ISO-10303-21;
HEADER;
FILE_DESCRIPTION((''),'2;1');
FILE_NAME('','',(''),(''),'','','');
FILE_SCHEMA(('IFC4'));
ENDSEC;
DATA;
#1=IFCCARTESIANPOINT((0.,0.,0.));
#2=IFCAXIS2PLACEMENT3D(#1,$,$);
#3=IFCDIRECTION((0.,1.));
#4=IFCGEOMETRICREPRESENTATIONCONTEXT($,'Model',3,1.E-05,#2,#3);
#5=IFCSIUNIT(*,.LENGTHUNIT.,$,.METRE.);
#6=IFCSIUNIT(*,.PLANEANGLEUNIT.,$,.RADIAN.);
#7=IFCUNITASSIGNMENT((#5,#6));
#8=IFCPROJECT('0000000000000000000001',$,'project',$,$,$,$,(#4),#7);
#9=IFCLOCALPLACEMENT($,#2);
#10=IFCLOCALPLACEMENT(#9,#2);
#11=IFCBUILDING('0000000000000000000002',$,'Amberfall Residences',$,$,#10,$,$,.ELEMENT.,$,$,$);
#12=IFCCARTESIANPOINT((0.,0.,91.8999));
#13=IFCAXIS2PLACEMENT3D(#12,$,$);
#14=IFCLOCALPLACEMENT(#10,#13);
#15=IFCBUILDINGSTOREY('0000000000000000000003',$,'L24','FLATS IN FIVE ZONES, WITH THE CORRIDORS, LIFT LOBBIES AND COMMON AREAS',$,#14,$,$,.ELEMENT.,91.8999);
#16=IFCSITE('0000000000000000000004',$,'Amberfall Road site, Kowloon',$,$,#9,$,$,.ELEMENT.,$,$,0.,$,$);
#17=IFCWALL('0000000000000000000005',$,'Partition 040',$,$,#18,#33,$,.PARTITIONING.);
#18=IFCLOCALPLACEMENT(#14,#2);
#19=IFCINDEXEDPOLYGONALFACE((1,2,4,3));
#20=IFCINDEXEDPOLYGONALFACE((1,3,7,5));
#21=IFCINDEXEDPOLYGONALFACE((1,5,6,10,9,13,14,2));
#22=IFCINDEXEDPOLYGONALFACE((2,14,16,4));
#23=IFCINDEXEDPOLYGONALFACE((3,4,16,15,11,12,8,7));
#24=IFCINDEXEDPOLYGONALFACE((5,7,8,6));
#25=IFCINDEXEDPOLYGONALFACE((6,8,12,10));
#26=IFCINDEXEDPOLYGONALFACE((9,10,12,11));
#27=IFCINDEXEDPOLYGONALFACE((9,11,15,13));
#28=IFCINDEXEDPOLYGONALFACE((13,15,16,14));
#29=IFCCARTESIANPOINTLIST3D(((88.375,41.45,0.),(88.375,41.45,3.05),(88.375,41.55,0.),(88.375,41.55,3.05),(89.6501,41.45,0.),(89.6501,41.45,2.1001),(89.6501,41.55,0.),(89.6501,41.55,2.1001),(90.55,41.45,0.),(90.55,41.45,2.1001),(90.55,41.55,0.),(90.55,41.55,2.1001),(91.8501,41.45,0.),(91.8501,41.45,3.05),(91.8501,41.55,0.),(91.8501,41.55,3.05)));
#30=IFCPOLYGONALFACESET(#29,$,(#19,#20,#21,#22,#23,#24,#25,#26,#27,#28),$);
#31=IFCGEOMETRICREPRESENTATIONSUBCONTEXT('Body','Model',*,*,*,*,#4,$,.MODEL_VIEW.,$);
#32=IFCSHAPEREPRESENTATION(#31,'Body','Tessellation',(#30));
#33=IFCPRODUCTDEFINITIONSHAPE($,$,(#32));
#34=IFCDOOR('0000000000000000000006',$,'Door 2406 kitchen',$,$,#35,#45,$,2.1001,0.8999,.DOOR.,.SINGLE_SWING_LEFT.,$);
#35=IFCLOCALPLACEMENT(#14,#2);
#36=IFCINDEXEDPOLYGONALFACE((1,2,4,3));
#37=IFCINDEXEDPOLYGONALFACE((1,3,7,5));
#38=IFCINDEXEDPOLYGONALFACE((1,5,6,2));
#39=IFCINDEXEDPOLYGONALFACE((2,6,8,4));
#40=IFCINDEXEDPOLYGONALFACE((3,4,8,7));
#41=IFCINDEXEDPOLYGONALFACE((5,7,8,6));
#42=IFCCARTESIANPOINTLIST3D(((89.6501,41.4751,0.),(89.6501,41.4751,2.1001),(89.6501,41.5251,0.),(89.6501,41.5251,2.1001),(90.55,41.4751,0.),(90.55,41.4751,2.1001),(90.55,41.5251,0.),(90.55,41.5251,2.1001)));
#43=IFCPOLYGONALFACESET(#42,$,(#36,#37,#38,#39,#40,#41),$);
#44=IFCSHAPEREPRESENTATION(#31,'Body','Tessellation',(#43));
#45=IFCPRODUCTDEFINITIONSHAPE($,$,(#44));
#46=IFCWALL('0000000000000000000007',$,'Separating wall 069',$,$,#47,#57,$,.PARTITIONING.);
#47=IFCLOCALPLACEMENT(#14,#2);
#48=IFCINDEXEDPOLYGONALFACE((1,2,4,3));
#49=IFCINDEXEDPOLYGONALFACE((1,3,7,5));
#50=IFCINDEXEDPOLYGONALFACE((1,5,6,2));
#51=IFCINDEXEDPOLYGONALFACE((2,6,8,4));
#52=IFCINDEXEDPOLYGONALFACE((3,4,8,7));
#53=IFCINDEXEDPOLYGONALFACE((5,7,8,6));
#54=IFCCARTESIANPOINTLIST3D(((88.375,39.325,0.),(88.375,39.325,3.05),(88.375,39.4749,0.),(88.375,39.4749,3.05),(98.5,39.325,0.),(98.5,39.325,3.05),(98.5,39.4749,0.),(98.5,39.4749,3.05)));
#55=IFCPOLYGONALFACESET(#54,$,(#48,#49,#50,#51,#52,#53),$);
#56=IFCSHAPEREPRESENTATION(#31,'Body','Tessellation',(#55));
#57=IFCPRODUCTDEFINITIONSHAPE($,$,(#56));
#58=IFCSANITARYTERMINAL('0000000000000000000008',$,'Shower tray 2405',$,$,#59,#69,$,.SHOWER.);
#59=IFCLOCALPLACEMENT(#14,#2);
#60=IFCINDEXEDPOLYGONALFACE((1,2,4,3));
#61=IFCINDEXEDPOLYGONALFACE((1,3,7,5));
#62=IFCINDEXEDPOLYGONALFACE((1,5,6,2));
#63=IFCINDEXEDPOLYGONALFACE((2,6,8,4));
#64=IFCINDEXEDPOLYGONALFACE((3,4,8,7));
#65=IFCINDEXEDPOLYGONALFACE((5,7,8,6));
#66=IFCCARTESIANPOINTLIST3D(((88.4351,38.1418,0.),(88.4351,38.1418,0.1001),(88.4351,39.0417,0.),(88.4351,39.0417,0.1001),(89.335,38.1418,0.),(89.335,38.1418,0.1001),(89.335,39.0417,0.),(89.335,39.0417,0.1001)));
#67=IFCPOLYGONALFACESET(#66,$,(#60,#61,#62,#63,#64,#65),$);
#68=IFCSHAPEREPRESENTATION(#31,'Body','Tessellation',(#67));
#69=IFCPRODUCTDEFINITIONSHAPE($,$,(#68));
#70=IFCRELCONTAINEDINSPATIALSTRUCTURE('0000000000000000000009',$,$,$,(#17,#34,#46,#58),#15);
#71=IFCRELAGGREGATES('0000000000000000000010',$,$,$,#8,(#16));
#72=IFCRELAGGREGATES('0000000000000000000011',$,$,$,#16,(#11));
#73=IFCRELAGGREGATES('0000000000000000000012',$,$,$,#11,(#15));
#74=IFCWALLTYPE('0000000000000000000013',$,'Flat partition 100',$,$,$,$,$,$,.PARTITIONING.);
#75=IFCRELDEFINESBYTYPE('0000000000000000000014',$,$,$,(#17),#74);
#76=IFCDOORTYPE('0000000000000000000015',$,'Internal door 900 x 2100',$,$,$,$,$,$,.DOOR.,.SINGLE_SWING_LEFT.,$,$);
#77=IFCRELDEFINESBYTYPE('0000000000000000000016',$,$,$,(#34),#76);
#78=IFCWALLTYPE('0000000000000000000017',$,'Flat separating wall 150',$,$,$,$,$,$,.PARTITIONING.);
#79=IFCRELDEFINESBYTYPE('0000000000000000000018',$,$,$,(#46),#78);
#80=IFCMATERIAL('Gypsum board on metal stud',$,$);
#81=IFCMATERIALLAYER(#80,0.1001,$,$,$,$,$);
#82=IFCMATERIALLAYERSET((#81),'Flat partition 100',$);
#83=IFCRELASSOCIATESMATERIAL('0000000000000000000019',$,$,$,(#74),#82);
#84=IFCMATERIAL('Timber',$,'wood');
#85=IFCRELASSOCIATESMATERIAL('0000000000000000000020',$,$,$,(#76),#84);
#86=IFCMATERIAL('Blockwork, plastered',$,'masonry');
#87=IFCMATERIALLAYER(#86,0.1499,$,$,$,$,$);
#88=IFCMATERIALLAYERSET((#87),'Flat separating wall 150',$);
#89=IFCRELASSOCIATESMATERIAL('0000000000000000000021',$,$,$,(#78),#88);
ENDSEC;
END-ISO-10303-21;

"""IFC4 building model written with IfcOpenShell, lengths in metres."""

from ifc_helpers import new_model, si_unit, direction, frame, frame_2d, origin, origin_2d, place, context, subcontext, project, spatial, rectangle, extrude, material, layer, layer_set, type_object, element, fill, save


model = new_model("IFC4")

# Units and contexts
model_context = context("Model", 3, precision=1e-05, world=origin(), true_north=direction((0.0, 1.0)))
body_context = subcontext(model_context, "Body", "Model", "MODEL_VIEW")
ifc_project = project(units=[si_unit("LENGTHUNIT", "METRE"), si_unit("PLANEANGLEUNIT", "RADIAN")], contexts=[model_context])

# Site, building, storey
site_placement = place(None, origin())
site = spatial("IfcSite", under=ifc_project, at=site_placement, Name="Amberfall Road site, Kowloon", CompositionType="ELEMENT", RefElevation=0.0)
building_placement = place(site_placement, origin())
building = spatial("IfcBuilding", under=site, at=building_placement, Name="Amberfall Residences", CompositionType="ELEMENT")
storey_placement = place(building_placement, frame((0.0, 0.0, 91.8999)))
storey = spatial("IfcBuildingStorey", under=building, at=storey_placement, Name="L24", Description="FLATS IN FIVE ZONES, WITH THE CORRIDORS, LIFT LOBBIES AND COMMON AREAS", CompositionType="ELEMENT", Elevation=91.8999)

# Shared definitions
ifc_material_1 = material(Name="Gypsum board on metal stud")
ifc_layer_1 = layer(ifc_material_1, 0.1001)
ifc_layer_set_1 = layer_set([ifc_layer_1], Name="Flat partition 100")
wall_type_1 = type_object("IfcWallType", Name="Flat partition 100", PredefinedType="PARTITIONING", material=ifc_layer_set_1)

# Wall, opening, door
wall_1_placement = place(storey_placement, frame((91.8501, 41.5, 0.0), z_axis=(0.0, 0.0, 1.0), x_axis=(-1.0, 0.0, 0.0)))
wall_1 = element("IfcWall", 1, at=wall_1_placement, inside=storey, type_object=wall_type_1, Name="Partition 040", PredefinedType="PARTITIONING", context=body_context, shape_type="SweptSolid", body=[
    extrude(rectangle(XDim=3.4751, YDim=0.1001, at=frame_2d((1.7375, 0.0))), origin(), (0.0, 0.0, 1.0), 3.05),
])
opening_1_placement = place(wall_1_placement, frame((1.3, 0.0, 0.0)))
opening_1 = element("IfcOpeningElement", 2, at=opening_1_placement, cuts=wall_1, PredefinedType="OPENING", context=body_context, shape_type="SweptSolid", body=[
    extrude(rectangle(XDim=0.8999, YDim=2.1001, at=frame_2d((0.45, 1.05))), frame((0.0, 0.0601, 0.0), z_axis=(0.0, -1.0, 0.0), x_axis=(1.0, 0.0, 0.0)), (0.0, 0.0, 1.0), 0.1201),
])
ifc_material_2 = material(Name="Timber", Category="wood")
door_type = type_object("IfcDoorType", Name="Internal door 900 x 2100", OperationType="SINGLE_SWING_LEFT", PredefinedType="DOOR", material=ifc_material_2)
door_placement = place(opening_1_placement, origin())
door = element("IfcDoor", 3, at=door_placement, inside=storey, type_object=door_type, Name="Door 2406 kitchen", OperationType="SINGLE_SWING_LEFT", OverallHeight=2.1001, OverallWidth=0.8999, PredefinedType="DOOR", context=body_context, shape_type="SweptSolid", body=[
    extrude(rectangle(XDim=0.8999, YDim=2.1001, at=frame_2d((0.45, 1.05))), frame((0.0, 0.0249, 0.0), z_axis=(0.0, -1.0, 0.0), x_axis=(1.0, 0.0, 0.0)), (0.0, 0.0, 1.0), 0.05),
])
fill(opening_1, door)

# Wall
ifc_material_3 = material(Name="Blockwork, plastered", Category="masonry")
ifc_layer_2 = layer(ifc_material_3, 0.1499)
ifc_layer_set_2 = layer_set([ifc_layer_2], Name="Flat separating wall 150")
wall_type_2 = type_object("IfcWallType", Name="Flat separating wall 150", PredefinedType="PARTITIONING", material=ifc_layer_set_2)
wall_2_placement = place(storey_placement, frame((88.375, 39.3999, 0.0), z_axis=(0.0, 0.0, 1.0), x_axis=(1.0, 0.0, 0.0)))
element("IfcWall", 4, at=wall_2_placement, inside=storey, type_object=wall_type_2, Name="Separating wall 069", PredefinedType="PARTITIONING", context=body_context, shape_type="SweptSolid", body=[
    extrude(rectangle(XDim=10.125, YDim=0.1499, at=frame_2d((5.0625, 0.0))), origin(), (0.0, 0.0, 1.0), 3.05),
])

# Sanitary terminal
sanitary_terminal_placement = place(storey_placement, frame((88.885, 38.5918, 0.0), z_axis=(0.0, 0.0, 1.0), x_axis=(1.0, 0.0, 0.0)))
element("IfcSanitaryTerminal", 5, at=sanitary_terminal_placement, inside=storey, Name="Shower tray 2405", PredefinedType="SHOWER", context=body_context, shape_type="SweptSolid", body=[
    extrude(rectangle(XDim=0.8999, YDim=0.8999, at=origin_2d()), origin(), (0.0, 0.0, 1.0), 0.1001),
])

save(model, "model.ifc")
